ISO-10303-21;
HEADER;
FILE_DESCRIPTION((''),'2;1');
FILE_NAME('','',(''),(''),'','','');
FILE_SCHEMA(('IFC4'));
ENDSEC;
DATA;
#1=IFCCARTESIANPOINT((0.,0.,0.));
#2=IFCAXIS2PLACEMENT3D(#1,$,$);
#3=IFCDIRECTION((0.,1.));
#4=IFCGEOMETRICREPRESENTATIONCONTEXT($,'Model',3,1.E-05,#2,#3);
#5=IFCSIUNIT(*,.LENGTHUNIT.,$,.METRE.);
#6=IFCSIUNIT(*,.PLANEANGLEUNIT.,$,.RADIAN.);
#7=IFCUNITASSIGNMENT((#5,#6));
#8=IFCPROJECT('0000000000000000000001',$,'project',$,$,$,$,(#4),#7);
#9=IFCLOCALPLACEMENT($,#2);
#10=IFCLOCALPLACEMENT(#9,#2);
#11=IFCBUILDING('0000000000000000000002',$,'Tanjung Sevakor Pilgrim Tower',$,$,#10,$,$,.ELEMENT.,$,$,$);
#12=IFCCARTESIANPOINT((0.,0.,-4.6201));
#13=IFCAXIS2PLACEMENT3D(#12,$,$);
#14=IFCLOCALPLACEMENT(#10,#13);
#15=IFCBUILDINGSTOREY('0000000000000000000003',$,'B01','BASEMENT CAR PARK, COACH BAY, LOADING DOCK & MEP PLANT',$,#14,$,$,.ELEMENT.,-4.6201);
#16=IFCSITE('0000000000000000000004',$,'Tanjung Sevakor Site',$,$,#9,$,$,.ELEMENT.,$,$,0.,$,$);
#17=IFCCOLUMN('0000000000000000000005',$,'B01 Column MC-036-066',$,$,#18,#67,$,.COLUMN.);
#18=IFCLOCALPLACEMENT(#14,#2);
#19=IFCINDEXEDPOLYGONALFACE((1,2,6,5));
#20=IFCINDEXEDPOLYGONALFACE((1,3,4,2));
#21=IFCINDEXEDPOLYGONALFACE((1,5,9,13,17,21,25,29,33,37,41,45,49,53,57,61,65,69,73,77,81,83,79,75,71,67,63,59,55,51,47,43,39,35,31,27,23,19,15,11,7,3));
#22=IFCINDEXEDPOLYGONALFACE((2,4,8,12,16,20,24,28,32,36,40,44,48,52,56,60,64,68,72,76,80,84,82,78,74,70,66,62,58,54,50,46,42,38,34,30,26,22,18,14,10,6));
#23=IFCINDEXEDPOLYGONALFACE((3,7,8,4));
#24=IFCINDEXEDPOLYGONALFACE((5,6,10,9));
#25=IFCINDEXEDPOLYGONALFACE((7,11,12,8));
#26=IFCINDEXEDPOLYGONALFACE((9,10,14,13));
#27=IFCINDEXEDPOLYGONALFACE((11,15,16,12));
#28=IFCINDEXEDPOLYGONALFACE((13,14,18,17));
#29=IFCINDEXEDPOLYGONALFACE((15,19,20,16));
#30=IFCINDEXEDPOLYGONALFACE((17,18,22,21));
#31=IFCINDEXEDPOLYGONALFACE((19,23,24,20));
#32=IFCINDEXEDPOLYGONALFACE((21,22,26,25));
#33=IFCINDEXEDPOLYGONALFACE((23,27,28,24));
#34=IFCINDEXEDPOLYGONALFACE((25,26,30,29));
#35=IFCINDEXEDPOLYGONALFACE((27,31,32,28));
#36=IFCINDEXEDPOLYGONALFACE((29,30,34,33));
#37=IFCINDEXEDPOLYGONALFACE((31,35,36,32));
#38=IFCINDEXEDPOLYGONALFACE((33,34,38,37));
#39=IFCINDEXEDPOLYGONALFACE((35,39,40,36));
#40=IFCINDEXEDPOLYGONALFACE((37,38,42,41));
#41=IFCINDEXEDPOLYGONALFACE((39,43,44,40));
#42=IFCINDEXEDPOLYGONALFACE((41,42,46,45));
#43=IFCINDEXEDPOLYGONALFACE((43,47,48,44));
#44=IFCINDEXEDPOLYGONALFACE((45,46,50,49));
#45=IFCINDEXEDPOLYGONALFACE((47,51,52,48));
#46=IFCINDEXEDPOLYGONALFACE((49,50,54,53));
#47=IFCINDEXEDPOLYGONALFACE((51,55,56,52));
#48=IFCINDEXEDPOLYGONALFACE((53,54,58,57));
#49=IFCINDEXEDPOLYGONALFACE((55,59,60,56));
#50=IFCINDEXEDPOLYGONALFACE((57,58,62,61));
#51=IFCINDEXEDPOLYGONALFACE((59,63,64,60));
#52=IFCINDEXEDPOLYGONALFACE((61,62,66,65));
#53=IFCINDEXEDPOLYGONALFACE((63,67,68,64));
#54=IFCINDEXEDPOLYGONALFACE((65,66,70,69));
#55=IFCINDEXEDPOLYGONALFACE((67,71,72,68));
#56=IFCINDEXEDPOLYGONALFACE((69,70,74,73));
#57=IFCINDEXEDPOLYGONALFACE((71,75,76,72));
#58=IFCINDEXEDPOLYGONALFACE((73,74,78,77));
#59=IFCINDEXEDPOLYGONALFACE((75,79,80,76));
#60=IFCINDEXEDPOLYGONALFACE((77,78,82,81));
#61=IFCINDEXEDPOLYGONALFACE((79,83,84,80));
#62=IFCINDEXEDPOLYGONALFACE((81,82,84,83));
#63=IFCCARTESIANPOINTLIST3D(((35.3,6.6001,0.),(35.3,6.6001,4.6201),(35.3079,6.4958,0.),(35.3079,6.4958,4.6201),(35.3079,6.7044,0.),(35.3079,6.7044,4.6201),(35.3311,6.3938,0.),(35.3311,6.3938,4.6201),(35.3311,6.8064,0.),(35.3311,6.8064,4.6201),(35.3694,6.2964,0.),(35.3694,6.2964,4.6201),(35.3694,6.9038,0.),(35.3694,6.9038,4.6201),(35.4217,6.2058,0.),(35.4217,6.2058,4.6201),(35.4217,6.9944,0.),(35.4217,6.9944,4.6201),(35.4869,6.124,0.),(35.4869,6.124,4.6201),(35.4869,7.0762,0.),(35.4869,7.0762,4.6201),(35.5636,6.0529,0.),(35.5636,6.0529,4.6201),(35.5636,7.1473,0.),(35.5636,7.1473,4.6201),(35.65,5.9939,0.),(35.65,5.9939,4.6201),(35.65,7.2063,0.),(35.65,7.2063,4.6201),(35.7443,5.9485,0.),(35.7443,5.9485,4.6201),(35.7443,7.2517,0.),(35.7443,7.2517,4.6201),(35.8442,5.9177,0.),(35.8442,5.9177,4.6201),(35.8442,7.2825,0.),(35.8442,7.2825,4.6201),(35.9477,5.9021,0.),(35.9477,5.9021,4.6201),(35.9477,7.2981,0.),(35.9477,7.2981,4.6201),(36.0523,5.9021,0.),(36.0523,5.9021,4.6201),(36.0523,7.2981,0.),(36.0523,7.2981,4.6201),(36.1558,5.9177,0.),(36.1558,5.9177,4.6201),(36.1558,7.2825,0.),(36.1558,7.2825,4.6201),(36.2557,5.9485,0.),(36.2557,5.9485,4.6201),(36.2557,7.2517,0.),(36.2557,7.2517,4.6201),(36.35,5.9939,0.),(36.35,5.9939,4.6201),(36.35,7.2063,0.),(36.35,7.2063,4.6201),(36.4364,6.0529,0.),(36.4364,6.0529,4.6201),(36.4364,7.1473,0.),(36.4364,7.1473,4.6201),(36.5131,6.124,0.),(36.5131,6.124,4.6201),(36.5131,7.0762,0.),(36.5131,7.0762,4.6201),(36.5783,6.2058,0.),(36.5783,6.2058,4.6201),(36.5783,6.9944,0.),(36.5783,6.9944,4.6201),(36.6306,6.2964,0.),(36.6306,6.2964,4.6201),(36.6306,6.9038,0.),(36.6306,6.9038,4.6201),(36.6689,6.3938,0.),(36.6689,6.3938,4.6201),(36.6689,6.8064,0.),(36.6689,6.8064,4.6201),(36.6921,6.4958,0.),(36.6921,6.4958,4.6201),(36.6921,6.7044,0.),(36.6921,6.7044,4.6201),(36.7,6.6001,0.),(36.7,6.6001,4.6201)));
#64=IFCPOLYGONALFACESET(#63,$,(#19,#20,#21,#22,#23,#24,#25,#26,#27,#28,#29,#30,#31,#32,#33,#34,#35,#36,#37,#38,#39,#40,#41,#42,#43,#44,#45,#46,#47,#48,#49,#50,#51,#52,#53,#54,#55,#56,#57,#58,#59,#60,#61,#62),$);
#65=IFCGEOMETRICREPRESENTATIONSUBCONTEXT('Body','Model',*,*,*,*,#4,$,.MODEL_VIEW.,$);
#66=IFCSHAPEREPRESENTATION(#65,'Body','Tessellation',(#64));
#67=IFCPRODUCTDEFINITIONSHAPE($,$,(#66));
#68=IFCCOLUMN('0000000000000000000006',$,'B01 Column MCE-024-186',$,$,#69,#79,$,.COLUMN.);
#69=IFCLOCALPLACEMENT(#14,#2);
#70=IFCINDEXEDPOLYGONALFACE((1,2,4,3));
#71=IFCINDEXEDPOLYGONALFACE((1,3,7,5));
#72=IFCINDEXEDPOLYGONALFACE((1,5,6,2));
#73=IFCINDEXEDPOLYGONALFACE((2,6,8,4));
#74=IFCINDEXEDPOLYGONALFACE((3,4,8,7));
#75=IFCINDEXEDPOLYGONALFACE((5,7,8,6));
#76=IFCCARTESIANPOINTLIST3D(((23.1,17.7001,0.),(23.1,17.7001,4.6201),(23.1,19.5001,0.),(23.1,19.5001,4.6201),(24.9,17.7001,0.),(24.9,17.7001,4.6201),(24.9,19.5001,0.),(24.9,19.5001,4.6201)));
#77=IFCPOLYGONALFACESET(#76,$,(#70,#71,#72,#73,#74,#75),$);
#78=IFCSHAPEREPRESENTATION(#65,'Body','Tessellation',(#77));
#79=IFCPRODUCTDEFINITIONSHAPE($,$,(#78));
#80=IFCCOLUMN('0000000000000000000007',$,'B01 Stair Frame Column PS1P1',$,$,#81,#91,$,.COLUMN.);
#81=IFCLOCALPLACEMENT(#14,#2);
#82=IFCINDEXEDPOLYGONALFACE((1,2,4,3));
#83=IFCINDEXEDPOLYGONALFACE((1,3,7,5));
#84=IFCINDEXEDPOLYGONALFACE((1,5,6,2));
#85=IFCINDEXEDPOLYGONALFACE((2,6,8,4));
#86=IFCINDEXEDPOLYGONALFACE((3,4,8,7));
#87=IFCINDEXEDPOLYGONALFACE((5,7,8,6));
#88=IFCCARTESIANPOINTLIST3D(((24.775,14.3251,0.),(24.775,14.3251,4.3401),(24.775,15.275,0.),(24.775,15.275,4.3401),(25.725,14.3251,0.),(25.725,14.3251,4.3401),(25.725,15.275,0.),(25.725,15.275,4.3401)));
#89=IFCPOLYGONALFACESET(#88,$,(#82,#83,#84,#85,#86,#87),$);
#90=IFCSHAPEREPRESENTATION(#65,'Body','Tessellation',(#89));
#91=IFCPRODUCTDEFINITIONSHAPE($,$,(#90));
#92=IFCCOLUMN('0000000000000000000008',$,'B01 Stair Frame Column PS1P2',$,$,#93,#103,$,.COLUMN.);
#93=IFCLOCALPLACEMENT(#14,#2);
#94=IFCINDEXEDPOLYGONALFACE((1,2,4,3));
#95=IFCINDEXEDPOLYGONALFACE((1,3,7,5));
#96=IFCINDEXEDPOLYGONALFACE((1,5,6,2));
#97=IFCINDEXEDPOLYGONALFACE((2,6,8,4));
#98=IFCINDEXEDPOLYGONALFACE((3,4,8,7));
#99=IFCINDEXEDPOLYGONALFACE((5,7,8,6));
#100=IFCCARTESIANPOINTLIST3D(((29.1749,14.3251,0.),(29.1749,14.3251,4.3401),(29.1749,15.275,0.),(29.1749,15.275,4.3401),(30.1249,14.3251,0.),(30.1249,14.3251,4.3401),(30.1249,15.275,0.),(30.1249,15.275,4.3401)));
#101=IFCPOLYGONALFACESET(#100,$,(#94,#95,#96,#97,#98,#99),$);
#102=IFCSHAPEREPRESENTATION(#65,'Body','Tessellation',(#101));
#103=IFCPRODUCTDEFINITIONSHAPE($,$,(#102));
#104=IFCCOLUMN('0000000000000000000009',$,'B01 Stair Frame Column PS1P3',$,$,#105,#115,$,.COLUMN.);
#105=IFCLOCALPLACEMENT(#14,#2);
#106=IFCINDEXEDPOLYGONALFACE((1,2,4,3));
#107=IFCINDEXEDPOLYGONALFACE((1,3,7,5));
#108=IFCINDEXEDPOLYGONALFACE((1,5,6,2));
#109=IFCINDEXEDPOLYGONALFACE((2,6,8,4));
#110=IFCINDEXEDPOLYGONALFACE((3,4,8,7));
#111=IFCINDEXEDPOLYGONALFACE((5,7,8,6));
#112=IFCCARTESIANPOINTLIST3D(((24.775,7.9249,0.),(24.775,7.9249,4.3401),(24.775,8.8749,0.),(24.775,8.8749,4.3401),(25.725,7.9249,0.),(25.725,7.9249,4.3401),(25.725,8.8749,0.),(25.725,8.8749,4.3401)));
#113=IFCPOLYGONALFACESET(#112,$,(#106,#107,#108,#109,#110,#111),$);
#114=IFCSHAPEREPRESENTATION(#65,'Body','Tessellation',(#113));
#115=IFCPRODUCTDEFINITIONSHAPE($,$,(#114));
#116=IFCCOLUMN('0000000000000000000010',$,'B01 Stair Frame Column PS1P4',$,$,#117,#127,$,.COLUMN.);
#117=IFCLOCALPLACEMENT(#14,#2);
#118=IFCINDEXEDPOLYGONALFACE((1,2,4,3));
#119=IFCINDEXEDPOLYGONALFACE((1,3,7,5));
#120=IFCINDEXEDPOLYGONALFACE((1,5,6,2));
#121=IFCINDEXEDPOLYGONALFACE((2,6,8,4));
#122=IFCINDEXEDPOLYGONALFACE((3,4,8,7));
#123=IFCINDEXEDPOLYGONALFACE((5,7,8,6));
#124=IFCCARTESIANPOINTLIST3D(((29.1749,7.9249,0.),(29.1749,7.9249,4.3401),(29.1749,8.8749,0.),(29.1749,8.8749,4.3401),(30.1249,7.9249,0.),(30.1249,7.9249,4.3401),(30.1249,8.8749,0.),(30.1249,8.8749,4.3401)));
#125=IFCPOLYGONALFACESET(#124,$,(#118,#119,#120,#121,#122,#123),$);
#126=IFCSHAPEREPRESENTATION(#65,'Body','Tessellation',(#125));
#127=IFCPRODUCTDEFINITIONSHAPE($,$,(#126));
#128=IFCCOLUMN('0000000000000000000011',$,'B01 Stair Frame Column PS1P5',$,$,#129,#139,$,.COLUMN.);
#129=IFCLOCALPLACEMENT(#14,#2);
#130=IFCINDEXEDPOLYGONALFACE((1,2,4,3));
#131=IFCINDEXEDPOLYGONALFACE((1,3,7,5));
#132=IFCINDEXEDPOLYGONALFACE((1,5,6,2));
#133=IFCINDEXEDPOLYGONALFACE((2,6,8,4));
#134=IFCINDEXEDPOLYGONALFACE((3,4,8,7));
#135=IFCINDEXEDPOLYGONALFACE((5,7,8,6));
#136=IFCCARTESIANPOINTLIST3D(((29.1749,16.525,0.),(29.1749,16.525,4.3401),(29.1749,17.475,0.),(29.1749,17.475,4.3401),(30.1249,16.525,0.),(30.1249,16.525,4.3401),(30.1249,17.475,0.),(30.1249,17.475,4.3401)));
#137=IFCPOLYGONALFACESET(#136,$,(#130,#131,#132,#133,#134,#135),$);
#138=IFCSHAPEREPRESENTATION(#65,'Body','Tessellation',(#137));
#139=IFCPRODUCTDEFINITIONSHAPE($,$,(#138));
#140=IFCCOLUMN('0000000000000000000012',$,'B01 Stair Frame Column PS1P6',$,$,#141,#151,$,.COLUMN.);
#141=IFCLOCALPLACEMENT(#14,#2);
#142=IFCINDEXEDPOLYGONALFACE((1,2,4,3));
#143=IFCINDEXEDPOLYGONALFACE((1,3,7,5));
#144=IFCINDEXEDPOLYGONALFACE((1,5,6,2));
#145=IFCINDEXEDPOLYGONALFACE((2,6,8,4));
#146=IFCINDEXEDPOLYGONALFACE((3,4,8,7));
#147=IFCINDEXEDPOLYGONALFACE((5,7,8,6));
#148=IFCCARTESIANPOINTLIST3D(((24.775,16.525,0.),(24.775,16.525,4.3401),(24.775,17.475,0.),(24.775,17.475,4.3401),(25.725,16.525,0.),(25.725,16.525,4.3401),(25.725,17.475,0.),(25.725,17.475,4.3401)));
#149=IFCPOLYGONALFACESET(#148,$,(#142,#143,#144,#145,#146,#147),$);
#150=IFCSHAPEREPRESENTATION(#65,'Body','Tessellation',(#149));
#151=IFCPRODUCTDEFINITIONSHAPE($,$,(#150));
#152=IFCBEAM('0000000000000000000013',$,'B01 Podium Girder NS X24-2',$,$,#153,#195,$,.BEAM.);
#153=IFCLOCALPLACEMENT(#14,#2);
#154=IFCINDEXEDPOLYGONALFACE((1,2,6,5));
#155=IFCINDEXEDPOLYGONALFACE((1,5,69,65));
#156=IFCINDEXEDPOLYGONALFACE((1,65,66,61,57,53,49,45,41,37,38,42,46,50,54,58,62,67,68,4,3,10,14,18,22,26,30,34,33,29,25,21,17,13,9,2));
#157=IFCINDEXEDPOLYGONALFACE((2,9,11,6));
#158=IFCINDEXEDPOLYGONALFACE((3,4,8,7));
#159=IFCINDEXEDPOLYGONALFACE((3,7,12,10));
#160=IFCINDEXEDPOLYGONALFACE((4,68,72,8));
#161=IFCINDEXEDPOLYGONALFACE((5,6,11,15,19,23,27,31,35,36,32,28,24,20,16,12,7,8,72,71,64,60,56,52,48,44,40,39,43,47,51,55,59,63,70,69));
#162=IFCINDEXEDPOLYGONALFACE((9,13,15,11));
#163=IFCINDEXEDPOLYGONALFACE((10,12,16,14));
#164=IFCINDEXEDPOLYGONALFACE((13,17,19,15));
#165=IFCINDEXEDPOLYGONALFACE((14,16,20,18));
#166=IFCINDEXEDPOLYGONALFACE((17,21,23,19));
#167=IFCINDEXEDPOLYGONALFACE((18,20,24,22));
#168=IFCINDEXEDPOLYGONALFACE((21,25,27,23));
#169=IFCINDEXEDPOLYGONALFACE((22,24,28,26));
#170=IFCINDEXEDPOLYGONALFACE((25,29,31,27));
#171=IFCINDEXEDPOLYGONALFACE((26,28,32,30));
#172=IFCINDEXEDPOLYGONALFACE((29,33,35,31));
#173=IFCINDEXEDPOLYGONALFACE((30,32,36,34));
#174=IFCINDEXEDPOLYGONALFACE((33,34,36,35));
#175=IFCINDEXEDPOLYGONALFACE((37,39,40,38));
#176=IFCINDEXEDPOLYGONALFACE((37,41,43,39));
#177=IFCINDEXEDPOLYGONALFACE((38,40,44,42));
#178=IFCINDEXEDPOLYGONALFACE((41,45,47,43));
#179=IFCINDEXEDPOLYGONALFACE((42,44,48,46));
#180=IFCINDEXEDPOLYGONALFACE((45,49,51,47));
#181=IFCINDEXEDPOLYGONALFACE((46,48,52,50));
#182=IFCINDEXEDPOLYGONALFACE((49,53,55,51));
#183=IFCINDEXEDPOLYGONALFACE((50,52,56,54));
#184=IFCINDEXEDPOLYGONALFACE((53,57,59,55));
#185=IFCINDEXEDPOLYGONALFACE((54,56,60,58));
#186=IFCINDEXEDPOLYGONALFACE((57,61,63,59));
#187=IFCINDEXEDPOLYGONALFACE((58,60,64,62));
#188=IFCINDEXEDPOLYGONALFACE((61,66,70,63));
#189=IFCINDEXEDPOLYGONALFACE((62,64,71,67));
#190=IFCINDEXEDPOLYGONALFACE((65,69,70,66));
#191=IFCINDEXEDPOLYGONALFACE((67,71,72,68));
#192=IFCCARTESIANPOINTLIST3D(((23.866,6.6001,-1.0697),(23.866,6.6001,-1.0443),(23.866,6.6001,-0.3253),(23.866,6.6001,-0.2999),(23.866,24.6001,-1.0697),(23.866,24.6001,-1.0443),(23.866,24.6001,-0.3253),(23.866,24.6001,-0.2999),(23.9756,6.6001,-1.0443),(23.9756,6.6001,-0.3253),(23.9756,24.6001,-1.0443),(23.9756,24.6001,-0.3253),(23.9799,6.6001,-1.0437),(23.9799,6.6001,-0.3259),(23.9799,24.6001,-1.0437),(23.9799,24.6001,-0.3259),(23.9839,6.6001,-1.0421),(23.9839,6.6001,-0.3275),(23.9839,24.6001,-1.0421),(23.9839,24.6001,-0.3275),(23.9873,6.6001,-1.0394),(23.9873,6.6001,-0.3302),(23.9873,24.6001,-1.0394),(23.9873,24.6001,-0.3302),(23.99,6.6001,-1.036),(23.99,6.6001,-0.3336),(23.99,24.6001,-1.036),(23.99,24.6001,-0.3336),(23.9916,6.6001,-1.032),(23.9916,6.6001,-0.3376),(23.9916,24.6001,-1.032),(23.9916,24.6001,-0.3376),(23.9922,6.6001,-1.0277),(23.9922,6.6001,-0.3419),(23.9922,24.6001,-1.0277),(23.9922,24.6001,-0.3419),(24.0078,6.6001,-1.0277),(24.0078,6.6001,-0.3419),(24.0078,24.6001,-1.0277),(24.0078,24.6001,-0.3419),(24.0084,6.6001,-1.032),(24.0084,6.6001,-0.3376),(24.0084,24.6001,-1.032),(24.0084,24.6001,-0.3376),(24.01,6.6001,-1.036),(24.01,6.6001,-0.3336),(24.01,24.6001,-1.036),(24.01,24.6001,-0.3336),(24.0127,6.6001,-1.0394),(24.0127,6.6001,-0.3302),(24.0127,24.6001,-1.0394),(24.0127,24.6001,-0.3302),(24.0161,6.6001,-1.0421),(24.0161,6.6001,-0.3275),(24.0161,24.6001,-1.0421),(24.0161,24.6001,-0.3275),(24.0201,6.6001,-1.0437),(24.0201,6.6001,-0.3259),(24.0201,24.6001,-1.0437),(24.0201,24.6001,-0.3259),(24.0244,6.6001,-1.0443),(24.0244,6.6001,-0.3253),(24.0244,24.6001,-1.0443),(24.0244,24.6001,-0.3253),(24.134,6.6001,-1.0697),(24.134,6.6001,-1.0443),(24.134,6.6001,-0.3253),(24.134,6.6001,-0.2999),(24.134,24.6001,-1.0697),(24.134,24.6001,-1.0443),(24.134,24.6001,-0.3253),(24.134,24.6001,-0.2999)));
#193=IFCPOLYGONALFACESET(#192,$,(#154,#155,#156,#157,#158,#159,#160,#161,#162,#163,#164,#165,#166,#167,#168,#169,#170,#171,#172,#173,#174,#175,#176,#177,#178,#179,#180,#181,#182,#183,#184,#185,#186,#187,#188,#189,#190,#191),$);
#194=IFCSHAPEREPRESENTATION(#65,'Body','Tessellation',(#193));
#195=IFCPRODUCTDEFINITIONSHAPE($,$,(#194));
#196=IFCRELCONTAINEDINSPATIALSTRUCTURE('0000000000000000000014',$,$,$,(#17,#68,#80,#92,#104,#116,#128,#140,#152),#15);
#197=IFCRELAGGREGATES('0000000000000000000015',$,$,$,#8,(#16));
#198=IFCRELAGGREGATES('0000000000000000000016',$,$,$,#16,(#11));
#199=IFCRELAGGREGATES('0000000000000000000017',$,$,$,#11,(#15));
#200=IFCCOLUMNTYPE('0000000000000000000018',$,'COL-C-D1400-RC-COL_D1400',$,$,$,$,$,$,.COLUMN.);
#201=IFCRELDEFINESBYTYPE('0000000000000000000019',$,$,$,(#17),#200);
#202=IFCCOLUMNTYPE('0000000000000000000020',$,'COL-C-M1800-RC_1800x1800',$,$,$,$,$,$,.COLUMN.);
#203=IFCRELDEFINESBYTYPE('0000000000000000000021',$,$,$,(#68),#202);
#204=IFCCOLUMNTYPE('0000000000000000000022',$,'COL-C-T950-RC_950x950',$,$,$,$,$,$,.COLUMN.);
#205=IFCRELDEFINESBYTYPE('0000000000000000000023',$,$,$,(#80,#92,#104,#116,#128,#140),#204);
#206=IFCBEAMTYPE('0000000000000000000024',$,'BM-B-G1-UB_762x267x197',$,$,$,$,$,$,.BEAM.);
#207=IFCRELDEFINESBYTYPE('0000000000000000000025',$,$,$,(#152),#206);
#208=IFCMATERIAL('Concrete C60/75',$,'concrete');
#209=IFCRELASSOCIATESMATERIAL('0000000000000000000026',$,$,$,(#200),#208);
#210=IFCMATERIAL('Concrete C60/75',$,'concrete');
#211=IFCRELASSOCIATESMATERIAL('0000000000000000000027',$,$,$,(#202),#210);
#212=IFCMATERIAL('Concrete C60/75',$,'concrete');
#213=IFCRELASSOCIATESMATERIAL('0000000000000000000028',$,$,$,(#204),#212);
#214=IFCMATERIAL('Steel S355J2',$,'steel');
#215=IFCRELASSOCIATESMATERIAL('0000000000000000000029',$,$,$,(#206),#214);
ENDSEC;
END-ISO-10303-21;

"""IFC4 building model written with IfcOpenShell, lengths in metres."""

from ifc_helpers import new_model, si_unit, direction, frame, origin, origin_2d, place, context, subcontext, project, spatial, rectangle, circle, i_section, extrude, material, material_profile, profile_set, type_object, element, save


model = new_model("IFC4")

# Units and contexts
model_context = context("Model", 3, precision=1e-05, world=origin(), true_north=direction((0.0, 1.0)))
body_context = subcontext(model_context, "Body", "Model", "MODEL_VIEW")
ifc_project = project(units=[si_unit("LENGTHUNIT", "METRE"), si_unit("PLANEANGLEUNIT", "RADIAN")], contexts=[model_context])

# Site, building, storey
site_placement = place(None, origin())
site = spatial("IfcSite", under=ifc_project, at=site_placement, Name="Tanjung Sevakor Site", CompositionType="ELEMENT", RefElevation=0.0)
building_placement = place(site_placement, origin())
building = spatial("IfcBuilding", under=site, at=building_placement, Name="Tanjung Sevakor Pilgrim Tower", CompositionType="ELEMENT")
storey_placement = place(building_placement, frame((0.0, 0.0, -4.6201)))
storey = spatial("IfcBuildingStorey", under=building, at=storey_placement, Name="B01", Description="BASEMENT CAR PARK, COACH BAY, LOADING DOCK & MEP PLANT", CompositionType="ELEMENT", Elevation=-4.6201)

# Columns
ifc_material_1 = material(Name="Concrete C60/75", Category="concrete")
ifc_material_profile_1 = material_profile(ifc_material_1, circle(Radius=0.7, at=origin_2d()))
ifc_profile_set_1 = profile_set([ifc_material_profile_1], Name="Concrete C60/75")
column_type_1 = type_object("IfcColumnType", Name="COL-C-D1400-RC-COL_D1400", PredefinedType="COLUMN", material=ifc_profile_set_1)
column_1_placement = place(storey_placement, frame((36.0, 6.6001, 0.0), z_axis=(0.0, 0.0, 1.0), x_axis=(1.0, 0.0, 0.0)))
element("IfcColumn", 1, at=column_1_placement, inside=storey, type_object=column_type_1, Name="B01 Column MC-036-066", PredefinedType="COLUMN", context=body_context, shape_type="SweptSolid", body=[
    extrude(circle(Radius=0.7, at=origin_2d()), origin(), (0.0, 0.0, 1.0), 4.6201),
])
ifc_material_2 = material(Name="Concrete C60/75", Category="concrete")
ifc_material_profile_2 = material_profile(ifc_material_2, rectangle(XDim=1.8, YDim=1.8, at=origin_2d()))
ifc_profile_set_2 = profile_set([ifc_material_profile_2], Name="Concrete C60/75")
column_type_2 = type_object("IfcColumnType", Name="COL-C-M1800-RC_1800x1800", PredefinedType="COLUMN", material=ifc_profile_set_2)
column_2_placement = place(storey_placement, frame((24.0, 18.6001, 0.0), z_axis=(0.0, 0.0, 1.0), x_axis=(1.0, 0.0, 0.0)))
element("IfcColumn", 2, at=column_2_placement, inside=storey, type_object=column_type_2, Name="B01 Column MCE-024-186", PredefinedType="COLUMN", context=body_context, shape_type="SweptSolid", body=[
    extrude(rectangle(XDim=1.8, YDim=1.8, at=origin_2d()), origin(), (0.0, 0.0, 1.0), 4.6201),
])
ifc_material_3 = material(Name="Concrete C60/75", Category="concrete")
ifc_material_profile_3 = material_profile(ifc_material_3, rectangle(XDim=0.95, YDim=0.95, at=origin_2d()))
ifc_profile_set_3 = profile_set([ifc_material_profile_3], Name="Concrete C60/75")
column_type_3 = type_object("IfcColumnType", Name="COL-C-T950-RC_950x950", PredefinedType="COLUMN", material=ifc_profile_set_3)
for number, where, z_axis, x_axis, name in (
    (3, (25.25, 14.8, 0.0), (0.0, 0.0, 1.0), (1.0, 0.0, 0.0), "B01 Stair Frame Column PS1P1"),
    (4, (29.6499, 14.8, 0.0), (0.0, 0.0, 1.0), (1.0, 0.0, 0.0), "B01 Stair Frame Column PS1P2"),
    (5, (25.25, 8.3999, 0.0), (0.0, 0.0, 1.0), (1.0, 0.0, 0.0), "B01 Stair Frame Column PS1P3"),
    (6, (29.6499, 8.3999, 0.0), (0.0, 0.0, 1.0), (1.0, 0.0, 0.0), "B01 Stair Frame Column PS1P4"),
    (7, (29.6499, 17.0, 0.0), (0.0, 0.0, 1.0), (1.0, 0.0, 0.0), "B01 Stair Frame Column PS1P5"),
    (8, (25.25, 17.0, 0.0), (0.0, 0.0, 1.0), (1.0, 0.0, 0.0), "B01 Stair Frame Column PS1P6"),
):
    element("IfcColumn", number, at=place(storey_placement, frame(where, z_axis=z_axis, x_axis=x_axis)), inside=storey, type_object=column_type_3, Name=name, PredefinedType="COLUMN", context=body_context, shape_type="SweptSolid", body=[
        extrude(rectangle(XDim=0.95, YDim=0.95, at=origin_2d()), origin(), (0.0, 0.0, 1.0), 4.3401),
    ])

# Beam
ifc_material_4 = material(Name="Steel S355J2", Category="steel")
ifc_material_profile_4 = material_profile(ifc_material_4, i_section(OverallWidth=0.2681, OverallDepth=0.7698, WebThickness=0.0156, FlangeThickness=0.0254, FilletRadius=0.0166, at=origin_2d()))
ifc_profile_set_4 = profile_set([ifc_material_profile_4], Name="Steel S355J2")
beam_type_1 = type_object("IfcBeamType", Name="BM-B-G1-UB_762x267x197", PredefinedType="BEAM", material=ifc_profile_set_4)
beam_1_placement = place(storey_placement, frame((24.0, 6.6001, -0.6848), z_axis=(0.0, 1.0, 0.0), x_axis=(-1.0, 0.0, 0.0)))
element("IfcBeam", 9, at=beam_1_placement, inside=storey, type_object=beam_type_1, Name="B01 Podium Girder NS X24-2", PredefinedType="BEAM", context=body_context, shape_type="SweptSolid", body=[
    extrude(i_section(OverallWidth=0.2681, OverallDepth=0.7698, WebThickness=0.0156, FlangeThickness=0.0254, FilletRadius=0.0166, at=origin_2d()), origin(), (0.0, 0.0, 1.0), 18.0),
])

save(model, "model.ifc")
